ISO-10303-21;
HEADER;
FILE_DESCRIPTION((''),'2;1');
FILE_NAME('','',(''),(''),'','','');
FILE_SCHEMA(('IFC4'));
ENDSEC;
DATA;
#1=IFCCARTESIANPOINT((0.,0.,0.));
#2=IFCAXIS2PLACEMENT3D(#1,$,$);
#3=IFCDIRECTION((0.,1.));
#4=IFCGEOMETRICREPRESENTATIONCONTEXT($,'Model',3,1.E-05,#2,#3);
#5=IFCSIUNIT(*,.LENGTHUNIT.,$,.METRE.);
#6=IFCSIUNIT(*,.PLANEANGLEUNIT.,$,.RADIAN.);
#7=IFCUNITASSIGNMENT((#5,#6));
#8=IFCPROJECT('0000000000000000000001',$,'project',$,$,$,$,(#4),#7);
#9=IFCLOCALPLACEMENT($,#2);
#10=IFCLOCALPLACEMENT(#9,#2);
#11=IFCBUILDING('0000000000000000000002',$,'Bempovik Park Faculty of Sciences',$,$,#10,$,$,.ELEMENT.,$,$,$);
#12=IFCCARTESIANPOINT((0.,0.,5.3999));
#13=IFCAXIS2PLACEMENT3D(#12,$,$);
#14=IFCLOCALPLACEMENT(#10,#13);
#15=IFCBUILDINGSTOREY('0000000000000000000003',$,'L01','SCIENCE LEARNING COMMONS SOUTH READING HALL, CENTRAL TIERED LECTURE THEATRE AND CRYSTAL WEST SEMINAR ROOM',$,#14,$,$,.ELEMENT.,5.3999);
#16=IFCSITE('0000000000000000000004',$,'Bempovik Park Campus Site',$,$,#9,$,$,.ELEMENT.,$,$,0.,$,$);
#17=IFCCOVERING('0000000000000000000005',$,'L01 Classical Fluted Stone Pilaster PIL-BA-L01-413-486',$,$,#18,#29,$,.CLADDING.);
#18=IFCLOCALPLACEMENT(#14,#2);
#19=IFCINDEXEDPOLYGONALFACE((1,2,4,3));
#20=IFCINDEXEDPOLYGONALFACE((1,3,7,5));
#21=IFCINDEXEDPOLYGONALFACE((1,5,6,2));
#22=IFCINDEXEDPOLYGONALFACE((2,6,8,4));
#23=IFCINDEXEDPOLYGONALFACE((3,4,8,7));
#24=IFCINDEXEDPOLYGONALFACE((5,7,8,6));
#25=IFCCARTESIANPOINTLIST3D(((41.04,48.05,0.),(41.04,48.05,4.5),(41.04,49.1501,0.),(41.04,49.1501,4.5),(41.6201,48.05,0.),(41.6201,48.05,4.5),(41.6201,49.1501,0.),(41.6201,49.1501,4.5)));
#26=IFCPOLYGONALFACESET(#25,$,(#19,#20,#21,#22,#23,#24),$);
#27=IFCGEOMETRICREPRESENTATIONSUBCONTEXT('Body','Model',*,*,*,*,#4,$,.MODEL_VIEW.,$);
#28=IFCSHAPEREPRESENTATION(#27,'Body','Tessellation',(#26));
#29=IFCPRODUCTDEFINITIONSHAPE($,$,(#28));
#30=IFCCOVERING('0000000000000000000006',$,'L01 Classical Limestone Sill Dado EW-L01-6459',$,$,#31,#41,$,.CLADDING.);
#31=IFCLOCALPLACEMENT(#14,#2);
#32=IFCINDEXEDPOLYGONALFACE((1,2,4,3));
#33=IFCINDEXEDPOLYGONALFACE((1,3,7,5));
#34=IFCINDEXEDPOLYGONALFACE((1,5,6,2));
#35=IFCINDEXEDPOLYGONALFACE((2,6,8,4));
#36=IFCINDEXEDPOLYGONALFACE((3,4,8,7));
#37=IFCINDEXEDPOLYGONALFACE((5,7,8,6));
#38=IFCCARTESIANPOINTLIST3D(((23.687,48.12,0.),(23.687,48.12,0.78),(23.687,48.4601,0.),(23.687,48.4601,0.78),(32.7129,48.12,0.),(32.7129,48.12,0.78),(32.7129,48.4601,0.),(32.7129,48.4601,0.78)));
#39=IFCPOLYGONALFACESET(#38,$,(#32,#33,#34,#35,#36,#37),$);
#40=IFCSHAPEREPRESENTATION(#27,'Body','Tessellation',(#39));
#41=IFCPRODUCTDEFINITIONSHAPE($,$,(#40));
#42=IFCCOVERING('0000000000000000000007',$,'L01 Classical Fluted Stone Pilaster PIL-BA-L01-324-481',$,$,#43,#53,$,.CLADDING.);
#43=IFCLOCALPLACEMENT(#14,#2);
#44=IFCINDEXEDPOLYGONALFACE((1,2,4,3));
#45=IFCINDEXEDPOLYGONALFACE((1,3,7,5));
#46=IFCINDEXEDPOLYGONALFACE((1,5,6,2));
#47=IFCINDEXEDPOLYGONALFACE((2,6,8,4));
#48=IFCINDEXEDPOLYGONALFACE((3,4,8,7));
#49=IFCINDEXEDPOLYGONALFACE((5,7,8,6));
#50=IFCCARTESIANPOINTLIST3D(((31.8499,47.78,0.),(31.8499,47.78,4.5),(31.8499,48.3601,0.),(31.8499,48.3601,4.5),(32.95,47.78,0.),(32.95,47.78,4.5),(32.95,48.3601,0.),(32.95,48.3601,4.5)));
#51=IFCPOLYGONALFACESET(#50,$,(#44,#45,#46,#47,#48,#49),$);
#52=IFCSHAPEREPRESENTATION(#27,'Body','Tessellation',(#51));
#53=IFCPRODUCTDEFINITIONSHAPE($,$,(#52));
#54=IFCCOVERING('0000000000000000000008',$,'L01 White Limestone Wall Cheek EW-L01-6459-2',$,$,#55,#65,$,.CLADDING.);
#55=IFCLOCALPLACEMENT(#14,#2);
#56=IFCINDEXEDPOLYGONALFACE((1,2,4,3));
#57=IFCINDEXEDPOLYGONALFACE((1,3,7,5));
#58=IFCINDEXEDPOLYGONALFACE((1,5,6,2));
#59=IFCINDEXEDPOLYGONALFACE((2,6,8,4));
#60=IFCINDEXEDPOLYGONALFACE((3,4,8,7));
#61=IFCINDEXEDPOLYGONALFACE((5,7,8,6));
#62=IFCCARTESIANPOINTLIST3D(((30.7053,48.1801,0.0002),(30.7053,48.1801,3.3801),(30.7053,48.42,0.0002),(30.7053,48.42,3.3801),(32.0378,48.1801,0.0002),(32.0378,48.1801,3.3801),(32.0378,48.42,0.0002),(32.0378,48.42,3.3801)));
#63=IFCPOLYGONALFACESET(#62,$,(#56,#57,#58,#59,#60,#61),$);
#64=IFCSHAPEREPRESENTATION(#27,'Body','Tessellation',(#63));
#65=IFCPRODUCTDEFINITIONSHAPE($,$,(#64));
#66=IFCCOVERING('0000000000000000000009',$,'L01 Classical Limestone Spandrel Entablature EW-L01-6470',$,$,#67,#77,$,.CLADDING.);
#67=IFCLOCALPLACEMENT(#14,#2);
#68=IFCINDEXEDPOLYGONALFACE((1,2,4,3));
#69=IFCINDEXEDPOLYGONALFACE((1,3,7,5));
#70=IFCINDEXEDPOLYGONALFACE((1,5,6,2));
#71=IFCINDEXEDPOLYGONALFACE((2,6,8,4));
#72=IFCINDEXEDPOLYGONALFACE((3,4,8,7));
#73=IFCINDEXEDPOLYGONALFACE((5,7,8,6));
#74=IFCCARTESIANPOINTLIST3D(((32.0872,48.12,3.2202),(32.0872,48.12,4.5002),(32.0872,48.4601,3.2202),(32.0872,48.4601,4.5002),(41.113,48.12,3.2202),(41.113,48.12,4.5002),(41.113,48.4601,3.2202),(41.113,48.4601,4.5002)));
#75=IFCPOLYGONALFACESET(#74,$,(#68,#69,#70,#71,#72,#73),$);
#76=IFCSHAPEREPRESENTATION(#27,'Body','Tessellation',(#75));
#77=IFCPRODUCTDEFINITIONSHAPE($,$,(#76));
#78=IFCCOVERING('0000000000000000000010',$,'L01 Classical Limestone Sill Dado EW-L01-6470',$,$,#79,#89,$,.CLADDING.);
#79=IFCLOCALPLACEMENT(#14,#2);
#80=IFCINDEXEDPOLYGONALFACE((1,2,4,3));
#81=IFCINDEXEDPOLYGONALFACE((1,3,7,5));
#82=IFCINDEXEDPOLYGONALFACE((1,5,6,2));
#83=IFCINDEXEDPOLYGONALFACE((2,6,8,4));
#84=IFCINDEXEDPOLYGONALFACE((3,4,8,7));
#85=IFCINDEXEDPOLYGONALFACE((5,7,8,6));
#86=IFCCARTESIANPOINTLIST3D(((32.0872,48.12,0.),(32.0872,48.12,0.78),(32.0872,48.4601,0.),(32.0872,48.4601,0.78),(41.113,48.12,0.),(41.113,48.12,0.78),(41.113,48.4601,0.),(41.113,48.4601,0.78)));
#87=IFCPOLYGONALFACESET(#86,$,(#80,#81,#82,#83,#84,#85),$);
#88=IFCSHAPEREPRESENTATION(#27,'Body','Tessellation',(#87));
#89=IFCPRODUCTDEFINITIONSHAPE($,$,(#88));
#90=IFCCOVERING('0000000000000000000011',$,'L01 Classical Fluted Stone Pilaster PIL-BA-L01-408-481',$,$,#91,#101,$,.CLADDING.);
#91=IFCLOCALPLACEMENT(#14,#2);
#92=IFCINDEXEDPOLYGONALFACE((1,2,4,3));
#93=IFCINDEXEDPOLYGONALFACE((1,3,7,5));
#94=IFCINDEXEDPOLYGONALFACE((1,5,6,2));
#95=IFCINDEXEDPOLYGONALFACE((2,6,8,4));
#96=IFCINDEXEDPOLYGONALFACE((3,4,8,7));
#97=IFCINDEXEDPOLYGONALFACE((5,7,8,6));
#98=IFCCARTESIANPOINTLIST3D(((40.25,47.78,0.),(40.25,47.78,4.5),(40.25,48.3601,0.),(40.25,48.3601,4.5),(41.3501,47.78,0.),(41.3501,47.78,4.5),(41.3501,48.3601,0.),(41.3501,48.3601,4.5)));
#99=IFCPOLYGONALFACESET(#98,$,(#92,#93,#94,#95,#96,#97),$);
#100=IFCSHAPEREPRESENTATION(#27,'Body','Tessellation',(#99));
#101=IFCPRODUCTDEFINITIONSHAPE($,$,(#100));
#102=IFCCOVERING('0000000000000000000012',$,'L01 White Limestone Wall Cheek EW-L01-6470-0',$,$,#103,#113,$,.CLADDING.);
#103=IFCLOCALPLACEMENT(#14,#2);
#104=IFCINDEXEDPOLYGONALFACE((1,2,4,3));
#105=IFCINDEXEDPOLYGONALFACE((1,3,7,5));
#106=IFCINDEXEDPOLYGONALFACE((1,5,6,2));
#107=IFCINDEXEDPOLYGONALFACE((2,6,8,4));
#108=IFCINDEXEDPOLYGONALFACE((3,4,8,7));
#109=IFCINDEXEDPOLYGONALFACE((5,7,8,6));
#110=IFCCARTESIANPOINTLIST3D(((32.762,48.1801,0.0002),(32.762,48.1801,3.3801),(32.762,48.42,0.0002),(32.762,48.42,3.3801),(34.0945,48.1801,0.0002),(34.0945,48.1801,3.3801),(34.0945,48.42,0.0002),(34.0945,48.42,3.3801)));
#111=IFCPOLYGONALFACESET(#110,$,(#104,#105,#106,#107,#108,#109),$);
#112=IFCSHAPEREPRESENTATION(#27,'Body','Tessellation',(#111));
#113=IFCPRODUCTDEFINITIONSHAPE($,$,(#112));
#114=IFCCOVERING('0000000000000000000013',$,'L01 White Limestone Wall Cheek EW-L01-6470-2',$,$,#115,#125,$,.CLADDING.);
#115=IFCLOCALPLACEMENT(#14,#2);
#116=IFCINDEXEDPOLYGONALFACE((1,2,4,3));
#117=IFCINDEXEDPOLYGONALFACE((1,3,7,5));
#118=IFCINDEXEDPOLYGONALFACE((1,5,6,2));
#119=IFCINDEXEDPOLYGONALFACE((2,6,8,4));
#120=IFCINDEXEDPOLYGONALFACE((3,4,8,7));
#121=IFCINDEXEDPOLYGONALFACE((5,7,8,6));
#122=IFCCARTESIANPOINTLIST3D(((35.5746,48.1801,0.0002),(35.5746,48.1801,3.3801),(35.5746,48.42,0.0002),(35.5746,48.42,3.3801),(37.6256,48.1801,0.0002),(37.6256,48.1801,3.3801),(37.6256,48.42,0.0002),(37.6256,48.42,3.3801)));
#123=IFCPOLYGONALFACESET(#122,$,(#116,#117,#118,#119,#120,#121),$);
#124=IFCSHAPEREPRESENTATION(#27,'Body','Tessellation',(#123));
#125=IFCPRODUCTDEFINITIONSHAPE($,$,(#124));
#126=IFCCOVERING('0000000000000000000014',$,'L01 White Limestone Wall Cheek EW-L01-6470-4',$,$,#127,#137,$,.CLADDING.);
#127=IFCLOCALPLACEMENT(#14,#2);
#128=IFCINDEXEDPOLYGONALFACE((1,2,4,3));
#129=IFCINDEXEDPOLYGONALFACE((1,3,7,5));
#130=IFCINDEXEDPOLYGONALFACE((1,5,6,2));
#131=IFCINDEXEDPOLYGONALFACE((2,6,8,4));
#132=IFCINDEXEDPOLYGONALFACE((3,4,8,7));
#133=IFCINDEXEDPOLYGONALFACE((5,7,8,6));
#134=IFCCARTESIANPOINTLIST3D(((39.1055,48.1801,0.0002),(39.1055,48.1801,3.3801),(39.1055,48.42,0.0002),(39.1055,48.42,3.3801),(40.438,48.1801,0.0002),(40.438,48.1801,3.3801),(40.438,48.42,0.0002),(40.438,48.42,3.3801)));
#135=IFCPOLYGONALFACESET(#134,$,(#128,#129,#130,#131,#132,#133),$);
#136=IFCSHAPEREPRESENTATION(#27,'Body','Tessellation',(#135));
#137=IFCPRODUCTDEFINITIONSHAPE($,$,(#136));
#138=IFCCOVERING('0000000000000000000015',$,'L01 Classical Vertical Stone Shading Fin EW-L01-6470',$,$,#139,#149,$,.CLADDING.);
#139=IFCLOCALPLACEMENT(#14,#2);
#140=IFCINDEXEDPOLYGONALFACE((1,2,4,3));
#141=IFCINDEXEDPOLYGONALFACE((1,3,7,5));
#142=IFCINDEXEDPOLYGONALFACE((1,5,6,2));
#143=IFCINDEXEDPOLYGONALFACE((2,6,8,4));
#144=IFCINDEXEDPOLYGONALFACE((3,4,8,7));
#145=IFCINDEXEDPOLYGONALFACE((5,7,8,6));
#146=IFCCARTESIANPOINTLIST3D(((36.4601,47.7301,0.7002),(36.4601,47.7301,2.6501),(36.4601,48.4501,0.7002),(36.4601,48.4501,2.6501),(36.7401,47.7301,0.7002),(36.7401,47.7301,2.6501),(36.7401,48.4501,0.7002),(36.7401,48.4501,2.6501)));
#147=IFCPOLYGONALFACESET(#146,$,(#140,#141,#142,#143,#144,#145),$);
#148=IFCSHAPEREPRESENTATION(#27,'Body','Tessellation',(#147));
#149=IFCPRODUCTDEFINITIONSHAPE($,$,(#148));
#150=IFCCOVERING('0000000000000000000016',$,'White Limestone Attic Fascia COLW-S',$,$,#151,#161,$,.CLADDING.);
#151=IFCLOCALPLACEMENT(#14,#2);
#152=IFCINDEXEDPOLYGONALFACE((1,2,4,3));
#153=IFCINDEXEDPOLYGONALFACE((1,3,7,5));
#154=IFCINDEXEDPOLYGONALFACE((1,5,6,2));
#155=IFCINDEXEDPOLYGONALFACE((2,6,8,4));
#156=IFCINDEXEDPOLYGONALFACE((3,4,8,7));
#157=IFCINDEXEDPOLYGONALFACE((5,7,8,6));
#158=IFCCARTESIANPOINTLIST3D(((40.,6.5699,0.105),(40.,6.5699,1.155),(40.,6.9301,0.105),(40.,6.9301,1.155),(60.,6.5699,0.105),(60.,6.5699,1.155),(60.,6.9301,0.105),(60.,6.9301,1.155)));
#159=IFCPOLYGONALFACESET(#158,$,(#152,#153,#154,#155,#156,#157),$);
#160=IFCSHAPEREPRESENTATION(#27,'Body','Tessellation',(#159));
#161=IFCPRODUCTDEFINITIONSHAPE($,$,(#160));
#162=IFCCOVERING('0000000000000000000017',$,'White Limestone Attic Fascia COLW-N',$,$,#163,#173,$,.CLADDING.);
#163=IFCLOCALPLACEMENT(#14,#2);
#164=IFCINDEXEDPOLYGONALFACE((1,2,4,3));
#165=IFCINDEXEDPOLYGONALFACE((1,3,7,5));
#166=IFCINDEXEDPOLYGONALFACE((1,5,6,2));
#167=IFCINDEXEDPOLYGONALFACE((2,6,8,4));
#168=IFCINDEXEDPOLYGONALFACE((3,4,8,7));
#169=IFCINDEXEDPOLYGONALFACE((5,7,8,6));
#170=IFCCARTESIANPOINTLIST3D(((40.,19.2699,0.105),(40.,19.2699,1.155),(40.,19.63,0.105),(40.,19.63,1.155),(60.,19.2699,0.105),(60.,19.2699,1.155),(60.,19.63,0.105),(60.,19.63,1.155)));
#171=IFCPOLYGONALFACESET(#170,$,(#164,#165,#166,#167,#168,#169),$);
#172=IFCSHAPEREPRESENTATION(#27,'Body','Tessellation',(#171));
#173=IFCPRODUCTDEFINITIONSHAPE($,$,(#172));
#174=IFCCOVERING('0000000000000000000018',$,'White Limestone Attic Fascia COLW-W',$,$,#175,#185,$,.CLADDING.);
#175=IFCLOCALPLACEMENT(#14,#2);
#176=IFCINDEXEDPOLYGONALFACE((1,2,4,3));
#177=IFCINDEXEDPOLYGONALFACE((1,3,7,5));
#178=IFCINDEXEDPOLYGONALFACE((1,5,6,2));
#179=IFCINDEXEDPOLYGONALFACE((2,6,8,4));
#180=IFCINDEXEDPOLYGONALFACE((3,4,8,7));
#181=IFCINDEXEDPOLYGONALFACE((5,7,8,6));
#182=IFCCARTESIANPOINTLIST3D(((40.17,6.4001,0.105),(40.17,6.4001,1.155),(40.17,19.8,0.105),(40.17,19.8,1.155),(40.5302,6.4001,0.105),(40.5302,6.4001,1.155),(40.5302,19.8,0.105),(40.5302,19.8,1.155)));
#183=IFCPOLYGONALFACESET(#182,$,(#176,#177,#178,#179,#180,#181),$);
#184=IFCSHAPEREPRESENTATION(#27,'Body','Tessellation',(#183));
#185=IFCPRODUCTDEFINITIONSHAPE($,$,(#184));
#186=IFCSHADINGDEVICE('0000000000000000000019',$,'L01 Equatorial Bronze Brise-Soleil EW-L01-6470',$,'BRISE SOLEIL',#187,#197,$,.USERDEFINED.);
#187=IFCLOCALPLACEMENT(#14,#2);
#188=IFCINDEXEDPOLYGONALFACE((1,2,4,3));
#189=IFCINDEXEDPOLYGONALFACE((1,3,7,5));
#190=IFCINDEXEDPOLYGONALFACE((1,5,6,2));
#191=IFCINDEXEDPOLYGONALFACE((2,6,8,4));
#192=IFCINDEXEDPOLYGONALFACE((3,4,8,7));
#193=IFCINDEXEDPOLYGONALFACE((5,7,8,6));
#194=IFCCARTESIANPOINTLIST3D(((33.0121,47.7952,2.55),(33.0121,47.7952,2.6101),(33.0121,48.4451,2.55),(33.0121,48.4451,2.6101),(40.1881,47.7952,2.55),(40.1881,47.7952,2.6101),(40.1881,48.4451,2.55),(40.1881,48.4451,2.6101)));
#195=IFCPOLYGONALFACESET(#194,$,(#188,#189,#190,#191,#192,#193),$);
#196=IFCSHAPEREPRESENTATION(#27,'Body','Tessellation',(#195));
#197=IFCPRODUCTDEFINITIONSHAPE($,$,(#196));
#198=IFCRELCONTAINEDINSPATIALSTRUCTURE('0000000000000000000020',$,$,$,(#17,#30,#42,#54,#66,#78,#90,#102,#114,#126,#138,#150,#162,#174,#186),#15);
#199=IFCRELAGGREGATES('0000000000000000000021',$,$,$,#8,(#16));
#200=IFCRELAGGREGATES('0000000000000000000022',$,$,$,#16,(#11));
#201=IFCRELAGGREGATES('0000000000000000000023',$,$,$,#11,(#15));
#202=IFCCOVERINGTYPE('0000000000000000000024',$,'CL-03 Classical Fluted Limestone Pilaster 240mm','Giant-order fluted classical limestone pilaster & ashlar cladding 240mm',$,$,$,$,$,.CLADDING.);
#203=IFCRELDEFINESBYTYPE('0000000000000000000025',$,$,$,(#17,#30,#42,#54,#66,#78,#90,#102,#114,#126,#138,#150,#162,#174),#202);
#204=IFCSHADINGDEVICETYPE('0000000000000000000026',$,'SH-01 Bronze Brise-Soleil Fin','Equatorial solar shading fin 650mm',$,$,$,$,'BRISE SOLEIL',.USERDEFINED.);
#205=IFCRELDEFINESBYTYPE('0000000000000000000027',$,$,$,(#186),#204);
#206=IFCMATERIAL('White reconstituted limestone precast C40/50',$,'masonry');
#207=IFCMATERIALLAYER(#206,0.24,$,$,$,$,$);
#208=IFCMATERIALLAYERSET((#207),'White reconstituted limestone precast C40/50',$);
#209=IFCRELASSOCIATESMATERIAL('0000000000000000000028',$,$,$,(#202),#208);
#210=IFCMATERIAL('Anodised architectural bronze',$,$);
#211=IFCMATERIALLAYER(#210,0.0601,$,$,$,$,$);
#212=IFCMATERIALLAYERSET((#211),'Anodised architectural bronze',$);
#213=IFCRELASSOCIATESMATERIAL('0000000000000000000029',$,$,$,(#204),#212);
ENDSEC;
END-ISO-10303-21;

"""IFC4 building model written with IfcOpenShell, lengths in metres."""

from ifc_helpers import new_model, si_unit, direction, frame, origin, origin_2d, place, context, subcontext, project, spatial, rectangle, extrude, material, layer, layer_set, type_object, element, save


model = new_model("IFC4")

# Units and contexts
model_context = context("Model", 3, precision=1e-05, world=origin(), true_north=direction((0.0, 1.0)))
body_context = subcontext(model_context, "Body", "Model", "MODEL_VIEW")
ifc_project = project(units=[si_unit("LENGTHUNIT", "METRE"), si_unit("PLANEANGLEUNIT", "RADIAN")], contexts=[model_context])

# Site, building, storey
site_placement = place(None, origin())
site = spatial("IfcSite", under=ifc_project, at=site_placement, Name="Bempovik Park Campus Site", CompositionType="ELEMENT", RefElevation=0.0)
building_placement = place(site_placement, origin())
building = spatial("IfcBuilding", under=site, at=building_placement, Name="Bempovik Park Faculty of Sciences", CompositionType="ELEMENT")
storey_placement = place(building_placement, frame((0.0, 0.0, 5.3999)))
storey = spatial("IfcBuildingStorey", under=building, at=storey_placement, Name="L01", Description="SCIENCE LEARNING COMMONS SOUTH READING HALL, CENTRAL TIERED LECTURE THEATRE AND CRYSTAL WEST SEMINAR ROOM", CompositionType="ELEMENT", Elevation=5.3999)

# Coverings
ifc_material_1 = material(Name="White reconstituted limestone precast C40/50", Category="masonry")
ifc_layer_1 = layer(ifc_material_1, 0.24)
ifc_layer_set_1 = layer_set([ifc_layer_1], Name="White reconstituted limestone precast C40/50")
covering_type_1 = type_object("IfcCoveringType", Name="CL-03 Classical Fluted Limestone Pilaster 240mm", Description="Giant-order fluted classical limestone pilaster & ashlar cladding 240mm", PredefinedType="CLADDING", material=ifc_layer_set_1)
covering_1_placement = place(storey_placement, frame((41.3301, 48.6001, 0.0), z_axis=(0.0, 0.0, 1.0), x_axis=(1.0, 0.0, 0.0)))
element("IfcCovering", 1, at=covering_1_placement, inside=storey, type_object=covering_type_1, Name="L01 Classical Fluted Stone Pilaster PIL-BA-L01-413-486", PredefinedType="CLADDING", context=body_context, shape_type="SweptSolid", body=[
    extrude(rectangle(XDim=0.5801, YDim=1.1001, at=origin_2d()), origin(), (0.0, 0.0, 1.0), 4.5),
])
covering_2_placement = place(storey_placement, frame((28.2, 48.29, 0.0), z_axis=(0.0, 0.0, 1.0), x_axis=(1.0, 0.0, 0.0)))
element("IfcCovering", 2, at=covering_2_placement, inside=storey, type_object=covering_type_1, Name="L01 Classical Limestone Sill Dado EW-L01-6459", PredefinedType="CLADDING", context=body_context, shape_type="SweptSolid", body=[
    extrude(rectangle(XDim=9.0259, YDim=0.3401, at=origin_2d()), origin(), (0.0, 0.0, 1.0), 0.78),
])
covering_3_placement = place(storey_placement, frame((32.3999, 48.0701, 0.0), z_axis=(0.0, 0.0, 1.0), x_axis=(1.0, 0.0, 0.0)))
element("IfcCovering", 3, at=covering_3_placement, inside=storey, type_object=covering_type_1, Name="L01 Classical Fluted Stone Pilaster PIL-BA-L01-324-481", PredefinedType="CLADDING", context=body_context, shape_type="SweptSolid", body=[
    extrude(rectangle(XDim=1.1001, YDim=0.5801, at=origin_2d()), origin(), (0.0, 0.0, 1.0), 4.5),
])
covering_4_placement = place(storey_placement, frame((31.3716, 48.3, 0.0002), z_axis=(0.0, 0.0, 1.0), x_axis=(1.0, 0.0, 0.0)))
element("IfcCovering", 4, at=covering_4_placement, inside=storey, type_object=covering_type_1, Name="L01 White Limestone Wall Cheek EW-L01-6459-2", PredefinedType="CLADDING", context=body_context, shape_type="SweptSolid", body=[
    extrude(rectangle(XDim=1.3325, YDim=0.24, at=origin_2d()), origin(), (0.0, 0.0, 1.0), 3.3799),
])
covering_5_placement = place(storey_placement, frame((36.6001, 48.29, 3.2202), z_axis=(0.0, 0.0, 1.0), x_axis=(1.0, 0.0, 0.0)))
element("IfcCovering", 5, at=covering_5_placement, inside=storey, type_object=covering_type_1, Name="L01 Classical Limestone Spandrel Entablature EW-L01-6470", PredefinedType="CLADDING", context=body_context, shape_type="SweptSolid", body=[
    extrude(rectangle(XDim=9.0259, YDim=0.3401, at=origin_2d()), origin(), (0.0, 0.0, 1.0), 1.28),
])
covering_6_placement = place(storey_placement, frame((36.6001, 48.29, 0.0), z_axis=(0.0, 0.0, 1.0), x_axis=(1.0, 0.0, 0.0)))
element("IfcCovering", 6, at=covering_6_placement, inside=storey, type_object=covering_type_1, Name="L01 Classical Limestone Sill Dado EW-L01-6470", PredefinedType="CLADDING", context=body_context, shape_type="SweptSolid", body=[
    extrude(rectangle(XDim=9.0259, YDim=0.3401, at=origin_2d()), origin(), (0.0, 0.0, 1.0), 0.78),
])
covering_7_placement = place(storey_placement, frame((40.8, 48.0701, 0.0), z_axis=(0.0, 0.0, 1.0), x_axis=(1.0, 0.0, 0.0)))
element("IfcCovering", 7, at=covering_7_placement, inside=storey, type_object=covering_type_1, Name="L01 Classical Fluted Stone Pilaster PIL-BA-L01-408-481", PredefinedType="CLADDING", context=body_context, shape_type="SweptSolid", body=[
    extrude(rectangle(XDim=1.1001, YDim=0.5801, at=origin_2d()), origin(), (0.0, 0.0, 1.0), 4.5),
])
covering_8_placement = place(storey_placement, frame((33.4282, 48.3, 0.0002), z_axis=(0.0, 0.0, 1.0), x_axis=(1.0, 0.0, 0.0)))
element("IfcCovering", 8, at=covering_8_placement, inside=storey, type_object=covering_type_1, Name="L01 White Limestone Wall Cheek EW-L01-6470-0", PredefinedType="CLADDING", context=body_context, shape_type="SweptSolid", body=[
    extrude(rectangle(XDim=1.3325, YDim=0.24, at=origin_2d()), origin(), (0.0, 0.0, 1.0), 3.3799),
])
covering_9_placement = place(storey_placement, frame((36.6001, 48.3, 0.0002), z_axis=(0.0, 0.0, 1.0), x_axis=(1.0, 0.0, 0.0)))
element("IfcCovering", 9, at=covering_9_placement, inside=storey, type_object=covering_type_1, Name="L01 White Limestone Wall Cheek EW-L01-6470-2", PredefinedType="CLADDING", context=body_context, shape_type="SweptSolid", body=[
    extrude(rectangle(XDim=2.051, YDim=0.24, at=origin_2d()), origin(), (0.0, 0.0, 1.0), 3.3799),
])
covering_10_placement = place(storey_placement, frame((39.7717, 48.3, 0.0002), z_axis=(0.0, 0.0, 1.0), x_axis=(1.0, 0.0, 0.0)))
element("IfcCovering", 10, at=covering_10_placement, inside=storey, type_object=covering_type_1, Name="L01 White Limestone Wall Cheek EW-L01-6470-4", PredefinedType="CLADDING", context=body_context, shape_type="SweptSolid", body=[
    extrude(rectangle(XDim=1.3325, YDim=0.24, at=origin_2d()), origin(), (0.0, 0.0, 1.0), 3.3799),
])
covering_11_placement = place(storey_placement, frame((36.6001, 48.0901, 0.7002), z_axis=(0.0, 0.0, 1.0), x_axis=(1.0, 0.0, 0.0)))
element("IfcCovering", 11, at=covering_11_placement, inside=storey, type_object=covering_type_1, Name="L01 Classical Vertical Stone Shading Fin EW-L01-6470", PredefinedType="CLADDING", context=body_context, shape_type="SweptSolid", body=[
    extrude(rectangle(XDim=0.28, YDim=0.72, at=origin_2d()), origin(), (0.0, 0.0, 1.0), 1.95),
])
for number, where, z_axis, x_axis, name in (
    (12, (50.0, 6.75, 0.105), (0.0, 0.0, 1.0), (1.0, 0.0, 0.0), "White Limestone Attic Fascia COLW-S"),
    (13, (50.0, 19.45, 0.105), (0.0, 0.0, 1.0), (1.0, 0.0, 0.0), "White Limestone Attic Fascia COLW-N"),
):
    element("IfcCovering", number, at=place(storey_placement, frame(where, z_axis=z_axis, x_axis=x_axis)), inside=storey, type_object=covering_type_1, Name=name, PredefinedType="CLADDING", context=body_context, shape_type="SweptSolid", body=[
        extrude(rectangle(XDim=20.0, YDim=0.3601, at=origin_2d()), origin(), (0.0, 0.0, 1.0), 1.05),
    ])
covering_12_placement = place(storey_placement, frame((40.3501, 13.1001, 0.105), z_axis=(0.0, 0.0, 1.0), x_axis=(1.0, 0.0, 0.0)))
element("IfcCovering", 14, at=covering_12_placement, inside=storey, type_object=covering_type_1, Name="White Limestone Attic Fascia COLW-W", PredefinedType="CLADDING", context=body_context, shape_type="SweptSolid", body=[
    extrude(rectangle(XDim=0.3601, YDim=13.3999, at=origin_2d()), origin(), (0.0, 0.0, 1.0), 1.05),
])

# Shading device
ifc_material_2 = material(Name="Anodised architectural bronze")
ifc_layer_2 = layer(ifc_material_2, 0.0601)
ifc_layer_set_2 = layer_set([ifc_layer_2], Name="Anodised architectural bronze")
shading_device_type = type_object("IfcShadingDeviceType", Name="SH-01 Bronze Brise-Soleil Fin", Description="Equatorial solar shading fin 650mm", ElementType="BRISE SOLEIL", PredefinedType="USERDEFINED", material=ifc_layer_set_2)
shading_device_placement = place(storey_placement, frame((36.6001, 48.1201, 2.55), z_axis=(0.0, 0.0, 1.0), x_axis=(1.0, 0.0, 0.0)))
element("IfcShadingDevice", 15, at=shading_device_placement, inside=storey, type_object=shading_device_type, Name="L01 Equatorial Bronze Brise-Soleil EW-L01-6470", ObjectType="BRISE SOLEIL", PredefinedType="USERDEFINED", context=body_context, shape_type="SweptSolid", body=[
    extrude(rectangle(XDim=7.176, YDim=0.6499, at=origin_2d()), origin(), (0.0, 0.0, 1.0), 0.0601),
])

save(model, "model.ifc")
